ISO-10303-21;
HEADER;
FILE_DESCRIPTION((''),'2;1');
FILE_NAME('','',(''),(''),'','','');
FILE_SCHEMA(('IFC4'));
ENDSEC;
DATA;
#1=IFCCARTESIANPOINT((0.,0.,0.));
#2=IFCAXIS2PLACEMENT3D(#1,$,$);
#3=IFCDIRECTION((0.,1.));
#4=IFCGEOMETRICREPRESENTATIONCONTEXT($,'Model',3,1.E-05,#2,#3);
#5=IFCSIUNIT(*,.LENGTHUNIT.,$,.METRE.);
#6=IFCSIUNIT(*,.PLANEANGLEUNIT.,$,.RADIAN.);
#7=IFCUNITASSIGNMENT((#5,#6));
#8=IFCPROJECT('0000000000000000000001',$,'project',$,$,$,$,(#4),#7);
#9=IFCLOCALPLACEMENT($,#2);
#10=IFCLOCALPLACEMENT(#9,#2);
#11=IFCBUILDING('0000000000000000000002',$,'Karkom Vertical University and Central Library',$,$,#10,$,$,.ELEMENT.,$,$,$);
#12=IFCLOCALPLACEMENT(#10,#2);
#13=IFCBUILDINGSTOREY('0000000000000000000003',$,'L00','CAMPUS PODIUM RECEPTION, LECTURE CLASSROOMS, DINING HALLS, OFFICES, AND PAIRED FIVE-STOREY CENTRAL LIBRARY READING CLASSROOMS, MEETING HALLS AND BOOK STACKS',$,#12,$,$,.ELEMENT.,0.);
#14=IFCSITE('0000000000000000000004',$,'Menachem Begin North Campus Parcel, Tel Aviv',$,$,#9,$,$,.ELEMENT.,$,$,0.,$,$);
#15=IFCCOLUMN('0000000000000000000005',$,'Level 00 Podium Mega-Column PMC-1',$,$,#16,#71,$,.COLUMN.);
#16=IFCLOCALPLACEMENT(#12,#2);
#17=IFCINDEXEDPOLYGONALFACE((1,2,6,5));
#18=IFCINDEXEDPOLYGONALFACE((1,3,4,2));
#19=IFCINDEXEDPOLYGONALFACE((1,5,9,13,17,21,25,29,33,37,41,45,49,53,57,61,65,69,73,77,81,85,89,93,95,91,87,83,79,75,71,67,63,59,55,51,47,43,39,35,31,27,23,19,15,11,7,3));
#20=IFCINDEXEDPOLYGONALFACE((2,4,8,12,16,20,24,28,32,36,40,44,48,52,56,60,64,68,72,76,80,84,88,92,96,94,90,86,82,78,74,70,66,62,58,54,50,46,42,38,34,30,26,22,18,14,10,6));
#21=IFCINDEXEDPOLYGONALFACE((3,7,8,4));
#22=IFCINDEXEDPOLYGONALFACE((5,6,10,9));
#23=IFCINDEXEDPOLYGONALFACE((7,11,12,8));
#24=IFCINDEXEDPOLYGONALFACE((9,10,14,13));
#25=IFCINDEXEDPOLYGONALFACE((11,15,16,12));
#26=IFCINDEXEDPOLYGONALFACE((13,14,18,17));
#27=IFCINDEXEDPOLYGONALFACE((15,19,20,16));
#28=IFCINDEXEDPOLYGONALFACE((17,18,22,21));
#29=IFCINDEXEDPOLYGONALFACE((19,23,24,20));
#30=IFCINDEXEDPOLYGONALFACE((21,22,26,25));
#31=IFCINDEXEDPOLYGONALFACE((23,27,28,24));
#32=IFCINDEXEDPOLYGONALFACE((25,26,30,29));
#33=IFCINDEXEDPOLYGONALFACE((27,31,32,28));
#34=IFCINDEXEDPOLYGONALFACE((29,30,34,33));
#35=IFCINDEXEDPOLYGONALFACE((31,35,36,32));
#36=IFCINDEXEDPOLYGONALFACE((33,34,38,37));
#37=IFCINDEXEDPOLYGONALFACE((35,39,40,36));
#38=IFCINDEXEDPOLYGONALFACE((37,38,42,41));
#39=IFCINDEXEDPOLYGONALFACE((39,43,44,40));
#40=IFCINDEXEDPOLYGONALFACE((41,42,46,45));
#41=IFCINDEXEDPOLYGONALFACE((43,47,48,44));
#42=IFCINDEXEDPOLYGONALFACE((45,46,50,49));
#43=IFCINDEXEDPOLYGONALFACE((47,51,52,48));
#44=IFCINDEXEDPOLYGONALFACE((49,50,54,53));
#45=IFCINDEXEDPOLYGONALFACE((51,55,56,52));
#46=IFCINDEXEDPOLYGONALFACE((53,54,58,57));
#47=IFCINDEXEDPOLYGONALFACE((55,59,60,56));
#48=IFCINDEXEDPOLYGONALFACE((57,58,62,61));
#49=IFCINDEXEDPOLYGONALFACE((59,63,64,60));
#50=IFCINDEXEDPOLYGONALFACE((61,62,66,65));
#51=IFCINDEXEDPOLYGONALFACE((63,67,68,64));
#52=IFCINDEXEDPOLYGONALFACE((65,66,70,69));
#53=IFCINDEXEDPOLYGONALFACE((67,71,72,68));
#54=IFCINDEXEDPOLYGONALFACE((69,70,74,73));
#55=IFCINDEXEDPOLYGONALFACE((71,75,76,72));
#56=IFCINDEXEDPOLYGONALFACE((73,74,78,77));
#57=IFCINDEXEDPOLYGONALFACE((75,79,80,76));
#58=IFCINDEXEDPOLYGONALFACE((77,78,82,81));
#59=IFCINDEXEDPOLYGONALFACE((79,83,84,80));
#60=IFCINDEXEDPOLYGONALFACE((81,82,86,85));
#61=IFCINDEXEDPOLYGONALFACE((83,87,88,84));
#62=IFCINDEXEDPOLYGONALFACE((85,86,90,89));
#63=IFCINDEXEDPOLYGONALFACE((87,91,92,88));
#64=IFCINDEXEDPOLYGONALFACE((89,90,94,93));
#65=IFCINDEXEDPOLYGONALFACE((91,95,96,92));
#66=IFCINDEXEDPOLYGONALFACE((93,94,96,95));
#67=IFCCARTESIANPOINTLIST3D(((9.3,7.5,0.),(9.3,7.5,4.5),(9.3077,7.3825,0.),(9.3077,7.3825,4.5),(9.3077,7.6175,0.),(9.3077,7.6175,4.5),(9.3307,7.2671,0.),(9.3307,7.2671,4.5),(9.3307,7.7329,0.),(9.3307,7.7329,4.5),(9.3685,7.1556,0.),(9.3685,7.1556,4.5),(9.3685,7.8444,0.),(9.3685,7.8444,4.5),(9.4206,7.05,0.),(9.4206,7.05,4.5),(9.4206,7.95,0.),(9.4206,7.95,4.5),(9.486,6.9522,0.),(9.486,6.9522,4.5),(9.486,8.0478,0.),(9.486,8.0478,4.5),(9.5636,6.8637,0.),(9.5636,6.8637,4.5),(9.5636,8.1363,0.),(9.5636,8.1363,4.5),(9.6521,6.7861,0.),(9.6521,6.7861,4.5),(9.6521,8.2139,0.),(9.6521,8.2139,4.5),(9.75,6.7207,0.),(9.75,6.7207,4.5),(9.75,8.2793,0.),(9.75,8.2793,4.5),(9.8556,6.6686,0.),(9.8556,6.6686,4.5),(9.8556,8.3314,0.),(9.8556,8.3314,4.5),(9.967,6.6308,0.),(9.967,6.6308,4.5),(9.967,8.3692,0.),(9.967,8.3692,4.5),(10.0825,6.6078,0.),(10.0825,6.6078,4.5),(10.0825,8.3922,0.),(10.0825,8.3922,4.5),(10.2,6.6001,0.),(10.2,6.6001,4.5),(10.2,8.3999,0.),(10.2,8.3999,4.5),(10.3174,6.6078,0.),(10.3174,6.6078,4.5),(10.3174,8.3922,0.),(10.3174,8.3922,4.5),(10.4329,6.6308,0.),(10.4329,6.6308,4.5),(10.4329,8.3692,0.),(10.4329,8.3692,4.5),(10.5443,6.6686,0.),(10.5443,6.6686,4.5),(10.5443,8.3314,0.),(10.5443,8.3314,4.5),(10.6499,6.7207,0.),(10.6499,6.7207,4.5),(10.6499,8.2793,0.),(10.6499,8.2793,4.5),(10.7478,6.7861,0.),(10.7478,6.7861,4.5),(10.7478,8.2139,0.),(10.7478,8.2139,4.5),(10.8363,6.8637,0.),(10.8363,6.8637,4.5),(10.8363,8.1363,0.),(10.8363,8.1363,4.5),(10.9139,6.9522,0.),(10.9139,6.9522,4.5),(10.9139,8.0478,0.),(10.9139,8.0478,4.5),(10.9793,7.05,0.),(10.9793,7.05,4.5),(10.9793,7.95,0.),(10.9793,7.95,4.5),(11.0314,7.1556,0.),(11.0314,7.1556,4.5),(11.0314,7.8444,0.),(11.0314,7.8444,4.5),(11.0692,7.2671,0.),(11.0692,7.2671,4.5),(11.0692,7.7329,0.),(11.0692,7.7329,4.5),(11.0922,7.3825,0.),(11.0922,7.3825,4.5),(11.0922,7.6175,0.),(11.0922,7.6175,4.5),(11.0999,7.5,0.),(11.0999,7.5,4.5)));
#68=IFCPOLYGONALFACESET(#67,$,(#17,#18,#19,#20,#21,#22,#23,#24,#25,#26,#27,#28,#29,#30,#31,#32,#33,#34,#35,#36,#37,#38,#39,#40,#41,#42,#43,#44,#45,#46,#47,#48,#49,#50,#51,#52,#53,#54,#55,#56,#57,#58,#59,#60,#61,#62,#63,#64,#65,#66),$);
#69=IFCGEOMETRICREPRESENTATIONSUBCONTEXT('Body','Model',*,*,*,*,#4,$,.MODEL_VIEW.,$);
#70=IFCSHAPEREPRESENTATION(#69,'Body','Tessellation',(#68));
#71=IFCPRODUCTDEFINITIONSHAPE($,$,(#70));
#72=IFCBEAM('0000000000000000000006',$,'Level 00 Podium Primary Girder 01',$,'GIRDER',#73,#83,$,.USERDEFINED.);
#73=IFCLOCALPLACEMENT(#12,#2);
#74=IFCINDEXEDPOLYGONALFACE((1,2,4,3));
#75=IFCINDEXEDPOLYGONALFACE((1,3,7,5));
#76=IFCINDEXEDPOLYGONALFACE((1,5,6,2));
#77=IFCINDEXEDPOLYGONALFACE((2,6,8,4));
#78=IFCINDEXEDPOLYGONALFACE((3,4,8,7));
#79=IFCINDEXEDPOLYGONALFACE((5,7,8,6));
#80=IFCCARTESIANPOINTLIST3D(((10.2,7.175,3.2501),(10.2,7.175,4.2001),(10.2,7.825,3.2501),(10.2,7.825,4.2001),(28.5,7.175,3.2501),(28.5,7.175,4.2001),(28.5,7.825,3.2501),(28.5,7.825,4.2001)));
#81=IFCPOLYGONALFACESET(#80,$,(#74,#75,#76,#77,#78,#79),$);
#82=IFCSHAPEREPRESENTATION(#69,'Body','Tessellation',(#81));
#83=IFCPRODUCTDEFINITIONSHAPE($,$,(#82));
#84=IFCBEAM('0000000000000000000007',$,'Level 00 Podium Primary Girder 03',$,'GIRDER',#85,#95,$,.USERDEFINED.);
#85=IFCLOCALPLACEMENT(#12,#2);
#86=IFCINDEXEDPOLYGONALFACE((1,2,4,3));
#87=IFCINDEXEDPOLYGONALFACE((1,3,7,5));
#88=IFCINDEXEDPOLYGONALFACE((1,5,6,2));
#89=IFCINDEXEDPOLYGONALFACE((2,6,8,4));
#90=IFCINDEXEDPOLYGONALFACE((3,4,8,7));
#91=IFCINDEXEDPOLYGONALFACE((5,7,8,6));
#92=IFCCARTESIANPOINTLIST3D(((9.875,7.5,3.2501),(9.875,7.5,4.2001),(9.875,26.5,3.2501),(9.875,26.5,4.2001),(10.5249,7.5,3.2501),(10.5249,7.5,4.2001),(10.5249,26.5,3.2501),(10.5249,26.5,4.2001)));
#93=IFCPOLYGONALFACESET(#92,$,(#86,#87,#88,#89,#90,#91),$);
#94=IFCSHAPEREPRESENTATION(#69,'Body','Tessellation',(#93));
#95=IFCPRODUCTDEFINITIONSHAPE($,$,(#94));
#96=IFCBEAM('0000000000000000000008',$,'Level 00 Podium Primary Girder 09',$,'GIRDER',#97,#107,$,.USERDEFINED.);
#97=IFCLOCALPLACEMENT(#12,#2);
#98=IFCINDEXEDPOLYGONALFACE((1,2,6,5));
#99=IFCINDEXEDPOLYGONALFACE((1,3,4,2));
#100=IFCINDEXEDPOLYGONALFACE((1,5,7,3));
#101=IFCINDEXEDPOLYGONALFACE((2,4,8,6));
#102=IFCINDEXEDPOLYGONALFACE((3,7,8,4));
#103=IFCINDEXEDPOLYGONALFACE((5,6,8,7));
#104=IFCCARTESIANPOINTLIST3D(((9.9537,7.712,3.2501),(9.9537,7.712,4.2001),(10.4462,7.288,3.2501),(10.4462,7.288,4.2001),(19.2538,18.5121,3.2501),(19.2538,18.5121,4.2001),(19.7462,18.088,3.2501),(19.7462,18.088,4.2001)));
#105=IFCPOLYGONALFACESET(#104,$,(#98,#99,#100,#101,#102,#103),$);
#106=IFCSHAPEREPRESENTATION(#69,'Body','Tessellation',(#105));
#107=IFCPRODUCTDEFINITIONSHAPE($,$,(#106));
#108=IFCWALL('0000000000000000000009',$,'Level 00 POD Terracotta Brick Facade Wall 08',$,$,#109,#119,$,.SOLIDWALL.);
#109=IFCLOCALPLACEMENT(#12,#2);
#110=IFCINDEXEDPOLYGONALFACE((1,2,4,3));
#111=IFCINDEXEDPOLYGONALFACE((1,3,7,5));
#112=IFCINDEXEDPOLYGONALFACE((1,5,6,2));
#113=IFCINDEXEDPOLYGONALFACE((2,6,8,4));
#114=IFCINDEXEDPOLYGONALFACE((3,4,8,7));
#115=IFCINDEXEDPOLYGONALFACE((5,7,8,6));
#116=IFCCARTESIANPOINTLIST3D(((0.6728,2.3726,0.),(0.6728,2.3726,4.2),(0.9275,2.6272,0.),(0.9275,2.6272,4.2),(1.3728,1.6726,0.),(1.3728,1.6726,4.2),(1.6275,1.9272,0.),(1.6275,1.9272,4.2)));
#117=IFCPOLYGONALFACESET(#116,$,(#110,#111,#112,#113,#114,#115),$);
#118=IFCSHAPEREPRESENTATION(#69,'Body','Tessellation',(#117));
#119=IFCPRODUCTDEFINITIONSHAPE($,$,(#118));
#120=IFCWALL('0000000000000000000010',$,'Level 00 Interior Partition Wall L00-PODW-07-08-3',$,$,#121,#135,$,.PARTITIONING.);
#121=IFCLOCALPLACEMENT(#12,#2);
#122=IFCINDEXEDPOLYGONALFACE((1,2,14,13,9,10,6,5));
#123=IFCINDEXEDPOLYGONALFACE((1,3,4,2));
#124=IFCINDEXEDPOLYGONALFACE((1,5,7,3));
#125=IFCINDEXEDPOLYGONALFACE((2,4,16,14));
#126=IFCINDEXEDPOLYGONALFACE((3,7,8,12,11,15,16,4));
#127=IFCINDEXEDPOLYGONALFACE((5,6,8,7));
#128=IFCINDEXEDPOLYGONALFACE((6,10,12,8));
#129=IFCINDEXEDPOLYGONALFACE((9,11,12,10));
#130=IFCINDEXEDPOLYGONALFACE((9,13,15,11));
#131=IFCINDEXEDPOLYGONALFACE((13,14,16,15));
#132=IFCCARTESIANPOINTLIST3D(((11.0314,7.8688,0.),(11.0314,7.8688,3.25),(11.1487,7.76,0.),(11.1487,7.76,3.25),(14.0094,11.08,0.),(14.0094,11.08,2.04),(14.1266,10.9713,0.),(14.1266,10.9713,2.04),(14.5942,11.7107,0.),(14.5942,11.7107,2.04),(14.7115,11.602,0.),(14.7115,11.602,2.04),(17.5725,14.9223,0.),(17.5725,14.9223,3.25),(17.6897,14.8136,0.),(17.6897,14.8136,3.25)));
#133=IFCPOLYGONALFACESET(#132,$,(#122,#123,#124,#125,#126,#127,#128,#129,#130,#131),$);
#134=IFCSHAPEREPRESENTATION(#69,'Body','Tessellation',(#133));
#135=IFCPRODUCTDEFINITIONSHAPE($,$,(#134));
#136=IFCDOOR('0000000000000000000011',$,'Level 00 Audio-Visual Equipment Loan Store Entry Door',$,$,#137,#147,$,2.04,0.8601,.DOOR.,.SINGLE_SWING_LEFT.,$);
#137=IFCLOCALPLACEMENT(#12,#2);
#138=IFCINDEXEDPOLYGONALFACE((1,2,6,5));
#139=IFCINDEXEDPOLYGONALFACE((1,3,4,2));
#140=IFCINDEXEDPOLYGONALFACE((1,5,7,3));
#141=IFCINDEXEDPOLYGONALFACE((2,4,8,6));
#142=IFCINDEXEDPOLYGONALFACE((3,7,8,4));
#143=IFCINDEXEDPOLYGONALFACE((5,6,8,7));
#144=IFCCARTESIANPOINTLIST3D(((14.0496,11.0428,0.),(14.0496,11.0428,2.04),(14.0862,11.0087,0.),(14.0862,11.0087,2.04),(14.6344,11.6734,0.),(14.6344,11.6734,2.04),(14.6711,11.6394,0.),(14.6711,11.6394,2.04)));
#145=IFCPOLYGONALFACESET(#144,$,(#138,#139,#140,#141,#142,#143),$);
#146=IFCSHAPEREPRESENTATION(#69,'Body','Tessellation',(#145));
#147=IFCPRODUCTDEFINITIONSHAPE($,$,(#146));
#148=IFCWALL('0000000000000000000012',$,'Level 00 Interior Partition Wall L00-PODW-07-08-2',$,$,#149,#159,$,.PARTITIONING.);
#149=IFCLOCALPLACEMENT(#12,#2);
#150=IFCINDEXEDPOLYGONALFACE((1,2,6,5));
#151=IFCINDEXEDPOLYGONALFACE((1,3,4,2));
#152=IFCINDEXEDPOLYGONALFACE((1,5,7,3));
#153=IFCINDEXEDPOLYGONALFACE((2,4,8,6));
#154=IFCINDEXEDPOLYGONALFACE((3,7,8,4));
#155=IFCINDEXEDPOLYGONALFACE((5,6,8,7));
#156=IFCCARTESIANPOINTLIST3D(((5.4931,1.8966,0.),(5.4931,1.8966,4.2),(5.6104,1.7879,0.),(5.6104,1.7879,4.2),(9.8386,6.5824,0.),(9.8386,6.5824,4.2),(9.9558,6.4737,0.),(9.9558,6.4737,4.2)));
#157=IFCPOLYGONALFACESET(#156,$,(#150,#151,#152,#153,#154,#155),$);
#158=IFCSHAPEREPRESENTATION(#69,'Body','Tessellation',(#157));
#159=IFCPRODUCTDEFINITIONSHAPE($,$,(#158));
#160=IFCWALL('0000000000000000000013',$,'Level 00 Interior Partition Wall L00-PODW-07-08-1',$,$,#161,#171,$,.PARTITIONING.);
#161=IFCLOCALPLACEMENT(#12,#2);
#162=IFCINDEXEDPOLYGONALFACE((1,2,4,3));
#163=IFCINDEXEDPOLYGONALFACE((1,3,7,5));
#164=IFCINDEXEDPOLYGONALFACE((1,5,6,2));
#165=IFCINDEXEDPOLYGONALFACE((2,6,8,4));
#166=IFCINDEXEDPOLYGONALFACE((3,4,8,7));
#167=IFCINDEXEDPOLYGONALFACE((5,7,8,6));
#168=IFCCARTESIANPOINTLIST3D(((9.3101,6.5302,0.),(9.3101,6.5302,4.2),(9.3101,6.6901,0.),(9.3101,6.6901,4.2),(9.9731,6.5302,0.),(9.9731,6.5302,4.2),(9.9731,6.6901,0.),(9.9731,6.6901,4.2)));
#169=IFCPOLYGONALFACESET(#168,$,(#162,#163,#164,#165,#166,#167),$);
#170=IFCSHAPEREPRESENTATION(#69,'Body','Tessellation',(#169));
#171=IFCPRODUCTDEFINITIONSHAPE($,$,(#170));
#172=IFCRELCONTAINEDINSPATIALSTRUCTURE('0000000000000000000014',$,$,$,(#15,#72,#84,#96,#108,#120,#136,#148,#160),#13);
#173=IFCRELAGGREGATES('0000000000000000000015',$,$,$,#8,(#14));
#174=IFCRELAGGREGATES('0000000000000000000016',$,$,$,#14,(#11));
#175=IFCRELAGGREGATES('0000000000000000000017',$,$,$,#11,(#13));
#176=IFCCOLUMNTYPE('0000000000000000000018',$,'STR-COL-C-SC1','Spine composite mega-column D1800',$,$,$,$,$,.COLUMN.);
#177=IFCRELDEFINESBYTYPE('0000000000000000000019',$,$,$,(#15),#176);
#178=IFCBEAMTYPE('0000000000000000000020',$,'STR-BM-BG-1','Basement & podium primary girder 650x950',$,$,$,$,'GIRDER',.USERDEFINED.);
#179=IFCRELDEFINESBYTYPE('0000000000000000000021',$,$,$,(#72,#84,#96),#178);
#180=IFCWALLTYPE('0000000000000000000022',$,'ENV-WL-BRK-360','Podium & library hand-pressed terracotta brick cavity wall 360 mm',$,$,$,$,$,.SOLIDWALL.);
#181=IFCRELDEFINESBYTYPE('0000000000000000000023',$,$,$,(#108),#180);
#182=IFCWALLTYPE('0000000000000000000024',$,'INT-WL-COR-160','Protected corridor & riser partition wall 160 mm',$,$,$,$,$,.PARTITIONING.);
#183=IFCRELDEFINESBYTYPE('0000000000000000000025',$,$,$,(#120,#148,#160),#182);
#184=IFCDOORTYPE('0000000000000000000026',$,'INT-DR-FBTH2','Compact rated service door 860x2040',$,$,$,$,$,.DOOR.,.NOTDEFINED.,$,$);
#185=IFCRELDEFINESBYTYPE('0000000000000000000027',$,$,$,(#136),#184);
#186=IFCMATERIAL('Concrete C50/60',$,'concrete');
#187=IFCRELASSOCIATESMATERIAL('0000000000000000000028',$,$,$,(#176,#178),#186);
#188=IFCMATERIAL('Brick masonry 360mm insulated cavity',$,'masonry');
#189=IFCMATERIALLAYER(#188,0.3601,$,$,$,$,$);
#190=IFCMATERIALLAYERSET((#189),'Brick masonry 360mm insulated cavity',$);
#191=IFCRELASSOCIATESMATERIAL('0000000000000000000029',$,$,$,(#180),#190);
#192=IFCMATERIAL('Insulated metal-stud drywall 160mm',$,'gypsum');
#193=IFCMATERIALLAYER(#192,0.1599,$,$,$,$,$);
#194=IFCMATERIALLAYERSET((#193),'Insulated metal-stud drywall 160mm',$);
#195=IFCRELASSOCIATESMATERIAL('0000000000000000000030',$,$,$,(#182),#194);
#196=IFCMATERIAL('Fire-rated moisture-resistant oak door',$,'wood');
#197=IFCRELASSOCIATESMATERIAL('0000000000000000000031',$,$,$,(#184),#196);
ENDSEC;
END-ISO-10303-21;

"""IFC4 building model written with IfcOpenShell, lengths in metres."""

from ifc_helpers import new_model, si_unit, direction, frame, frame_2d, origin, origin_with_axes, origin_2d, place, context, subcontext, project, spatial, rectangle, circle, extrude, source, transform, mapped, material, layer, layer_set, material_profile, profile_set, type_object, element, fill, save


model = new_model("IFC4")

# Units and contexts
model_context = context("Model", 3, precision=1e-05, world=origin(), true_north=direction((0.0, 1.0)))
body_context = subcontext(model_context, "Body", "Model", "MODEL_VIEW")
ifc_project = project(units=[si_unit("LENGTHUNIT", "METRE"), si_unit("PLANEANGLEUNIT", "RADIAN")], contexts=[model_context])

# Site, building, storey
site_placement = place(None, origin())
site = spatial("IfcSite", under=ifc_project, at=site_placement, Name="Menachem Begin North Campus Parcel, Tel Aviv", CompositionType="ELEMENT", RefElevation=0.0)
building_placement = place(site_placement, origin())
building = spatial("IfcBuilding", under=site, at=building_placement, Name="Karkom Vertical University and Central Library", CompositionType="ELEMENT")
storey_placement = place(building_placement, origin())
storey = spatial("IfcBuildingStorey", under=building, at=storey_placement, Name="L00", Description="CAMPUS PODIUM RECEPTION, LECTURE CLASSROOMS, DINING HALLS, OFFICES, AND PAIRED FIVE-STOREY CENTRAL LIBRARY READING CLASSROOMS, MEETING HALLS AND BOOK STACKS", CompositionType="ELEMENT", Elevation=0.0)

# Column
ifc_material_1 = material(Name="Concrete C50/60", Category="concrete")
ifc_material_profile_1 = material_profile(ifc_material_1, circle(Radius=0.8999, at=origin_2d()), Name="CFT-D1800")
ifc_profile_set_1 = profile_set([ifc_material_profile_1], Name="Concrete C50/60")
column_type = type_object("IfcColumnType", Name="STR-COL-C-SC1", Description="Spine composite mega-column D1800", PredefinedType="COLUMN", material=ifc_profile_set_1)
shared_shape_1 = source(origin_with_axes(), body_context, "Body", "SweptSolid", [
    extrude(circle(Radius=0.8999, at=origin_2d()), origin(), (0.0, 0.0, 1.0), 4.5),
])
column_placement = place(storey_placement, frame((10.2, 7.5, 0.0), z_axis=(0.0, 0.0, 1.0), x_axis=(1.0, 0.0, 0.0)))
element("IfcColumn", 1, at=column_placement, inside=storey, type_object=column_type, Name="Level 00 Podium Mega-Column PMC-1", PredefinedType="COLUMN", context=body_context, shape_type="MappedRepresentation", body=[
    mapped(shared_shape_1, transform((0.0, 0.0, 0.0), scale=1.0)),
])

# Beams
ifc_material_profile_2 = material_profile(ifc_material_1, rectangle(XDim=0.6499, YDim=0.95, at=origin_2d()), Name="RCG-650x950")
ifc_profile_set_2 = profile_set([ifc_material_profile_2], Name="Concrete C50/60")
beam_type = type_object("IfcBeamType", Name="STR-BM-BG-1", Description="Basement & podium primary girder 650x950", ElementType="GIRDER", PredefinedType="USERDEFINED", material=ifc_profile_set_2)
shared_shape_2 = source(origin_with_axes(), body_context, "Body", "SweptSolid", [
    extrude(rectangle(XDim=0.6499, YDim=0.95, at=origin_2d()), origin(), (0.0, 0.0, 1.0), 18.3),
])
beam_1_placement = place(storey_placement, frame((10.2, 7.5, 3.7251), z_axis=(1.0, 0.0, 0.0), x_axis=(0.0, 1.0, 0.0)))
element("IfcBeam", 2, at=beam_1_placement, inside=storey, type_object=beam_type, Name="Level 00 Podium Primary Girder 01", ObjectType="GIRDER", PredefinedType="USERDEFINED", context=body_context, shape_type="MappedRepresentation", body=[
    mapped(shared_shape_2, transform((0.0, 0.0, 0.0), scale=1.0)),
])
shared_shape_3 = source(origin_with_axes(), body_context, "Body", "SweptSolid", [
    extrude(rectangle(XDim=0.6499, YDim=0.95, at=origin_2d()), origin(), (0.0, 0.0, 1.0), 19.0),
])
beam_2_placement = place(storey_placement, frame((10.2, 7.5, 3.7251), z_axis=(0.0, 1.0, 0.0), x_axis=(-1.0, 0.0, 0.0)))
element("IfcBeam", 3, at=beam_2_placement, inside=storey, type_object=beam_type, Name="Level 00 Podium Primary Girder 03", ObjectType="GIRDER", PredefinedType="USERDEFINED", context=body_context, shape_type="MappedRepresentation", body=[
    mapped(shared_shape_3, transform((0.0, 0.0, 0.0), scale=1.0)),
])
shared_shape_4 = source(origin_with_axes(), body_context, "Body", "SweptSolid", [
    extrude(rectangle(XDim=0.6499, YDim=0.95, at=origin_2d()), origin(), (0.0, 0.0, 1.0), 14.2524),
])
beam_3_placement = place(storey_placement, frame((10.2, 7.5, 3.7251), z_axis=(0.652523, 0.757769, 0.0), x_axis=(-0.757769, 0.652523, 0.0)))
element("IfcBeam", 4, at=beam_3_placement, inside=storey, type_object=beam_type, Name="Level 00 Podium Primary Girder 09", ObjectType="GIRDER", PredefinedType="USERDEFINED", context=body_context, shape_type="MappedRepresentation", body=[
    mapped(shared_shape_4, transform((0.0, 0.0, 0.0), scale=1.0)),
])

# Shared definitions
ifc_material_2 = material(Name="Brick masonry 360mm insulated cavity", Category="masonry")
ifc_layer_1 = layer(ifc_material_2, 0.3601)
ifc_layer_set_1 = layer_set([ifc_layer_1], Name="Brick masonry 360mm insulated cavity")
wall_type_1 = type_object("IfcWallType", Name="ENV-WL-BRK-360", Description="Podium & library hand-pressed terracotta brick cavity wall 360 mm", PredefinedType="SOLIDWALL", material=ifc_layer_set_1)

# Wall
wall_1_placement = place(storey_placement, frame((0.8, 2.5, 0.0), z_axis=(0.0, 0.0, 1.0), x_axis=(0.707107, -0.707107, 0.0)))
element("IfcWall", 5, at=wall_1_placement, inside=storey, type_object=wall_type_1, Name="Level 00 POD Terracotta Brick Facade Wall 08", PredefinedType="SOLIDWALL", context=body_context, shape_type="SweptSolid", body=[
    extrude(rectangle(XDim=0.99, YDim=0.3601, at=frame_2d((0.4951, 0.0))), origin(), (0.0, 0.0, 1.0), 4.2),
])

# Wall, opening, door
ifc_material_3 = material(Name="Insulated metal-stud drywall 160mm", Category="gypsum")
ifc_layer_2 = layer(ifc_material_3, 0.1599)
ifc_layer_set_2 = layer_set([ifc_layer_2], Name="Insulated metal-stud drywall 160mm")
wall_type_2 = type_object("IfcWallType", Name="INT-WL-COR-160", Description="Protected corridor & riser partition wall 160 mm", PredefinedType="PARTITIONING", material=ifc_layer_set_2)
wall_2_placement = place(storey_placement, frame((17.6311, 14.8679, 0.0), z_axis=(0.0, 0.0, 1.0), x_axis=(-0.679969, -0.733241, 0.0)))
wall_2 = element("IfcWall", 6, at=wall_2_placement, inside=storey, type_object=wall_type_2, Name="Level 00 Interior Partition Wall L00-PODW-07-08-3", PredefinedType="PARTITIONING", context=body_context, shape_type="SweptSolid", body=[
    extrude(rectangle(XDim=9.6196, YDim=0.1599, at=frame_2d((4.8098, 0.0))), origin(), (0.0, 0.0, 1.0), 3.25),
])
opening_1_placement = place(wall_2_placement, frame((4.3799, 0.0, 0.0)))
opening_1 = element("IfcOpeningElement", 7, at=opening_1_placement, cuts=wall_2, PredefinedType="OPENING", context=body_context, shape_type="SweptSolid", body=[
    extrude(rectangle(XDim=0.8601, YDim=2.04, at=frame_2d((0.4302, 1.02))), frame((0.0, 0.0898, 0.0), z_axis=(0.0, -1.0, 0.0), x_axis=(1.0, 0.0, 0.0)), (0.0, 0.0, 1.0), 0.1799),
])
ifc_material_4 = material(Name="Fire-rated moisture-resistant oak door", Category="wood")
door_type_1 = type_object("IfcDoorType", Name="INT-DR-FBTH2", Description="Compact rated service door 860x2040", OperationType="NOTDEFINED", PredefinedType="DOOR", material=ifc_material_4)
shared_shape_5 = source(origin_with_axes(), body_context, "Body", "SweptSolid", [
    extrude(rectangle(XDim=0.8601, YDim=2.04, at=frame_2d((0.4302, 1.02))), frame((0.0, 0.0249, 0.0), z_axis=(0.0, -1.0, 0.0), x_axis=(1.0, 0.0, 0.0)), (0.0, 0.0, 1.0), 0.05),
])
door_1_placement = place(opening_1_placement, origin())
door_1 = element("IfcDoor", 8, at=door_1_placement, inside=storey, type_object=door_type_1, Name="Level 00 Audio-Visual Equipment Loan Store Entry Door", OperationType="SINGLE_SWING_LEFT", OverallHeight=2.04, OverallWidth=0.8601, PredefinedType="DOOR", context=body_context, shape_type="MappedRepresentation", body=[
    mapped(shared_shape_5, transform((0.0, 0.0, 0.0), scale=1.0)),
])
fill(opening_1, door_1)

# Walls
wall_3_placement = place(storey_placement, frame((9.8972, 6.5281, 0.0), z_axis=(0.0, 0.0, 1.0), x_axis=(-0.679978, -0.733233, 0.0)))
element("IfcWall", 9, at=wall_3_placement, inside=storey, type_object=wall_type_2, Name="Level 00 Interior Partition Wall L00-PODW-07-08-2", PredefinedType="PARTITIONING", context=body_context, shape_type="SweptSolid", body=[
    extrude(rectangle(XDim=6.3906, YDim=0.1599, at=frame_2d((3.1953, 0.0))), origin(), (0.0, 0.0, 1.0), 4.2),
])
wall_4_placement = place(storey_placement, frame((9.3101, 6.6101, 0.0), z_axis=(0.0, 0.0, 1.0), x_axis=(1.0, 0.0, 0.0)))
element("IfcWall", 10, at=wall_4_placement, inside=storey, type_object=wall_type_2, Name="Level 00 Interior Partition Wall L00-PODW-07-08-1", PredefinedType="PARTITIONING", context=body_context, shape_type="SweptSolid", body=[
    extrude(rectangle(XDim=0.6631, YDim=0.1599, at=frame_2d((0.3315, 0.0))), origin(), (0.0, 0.0, 1.0), 4.2),
])

save(model, "model.ifc")
